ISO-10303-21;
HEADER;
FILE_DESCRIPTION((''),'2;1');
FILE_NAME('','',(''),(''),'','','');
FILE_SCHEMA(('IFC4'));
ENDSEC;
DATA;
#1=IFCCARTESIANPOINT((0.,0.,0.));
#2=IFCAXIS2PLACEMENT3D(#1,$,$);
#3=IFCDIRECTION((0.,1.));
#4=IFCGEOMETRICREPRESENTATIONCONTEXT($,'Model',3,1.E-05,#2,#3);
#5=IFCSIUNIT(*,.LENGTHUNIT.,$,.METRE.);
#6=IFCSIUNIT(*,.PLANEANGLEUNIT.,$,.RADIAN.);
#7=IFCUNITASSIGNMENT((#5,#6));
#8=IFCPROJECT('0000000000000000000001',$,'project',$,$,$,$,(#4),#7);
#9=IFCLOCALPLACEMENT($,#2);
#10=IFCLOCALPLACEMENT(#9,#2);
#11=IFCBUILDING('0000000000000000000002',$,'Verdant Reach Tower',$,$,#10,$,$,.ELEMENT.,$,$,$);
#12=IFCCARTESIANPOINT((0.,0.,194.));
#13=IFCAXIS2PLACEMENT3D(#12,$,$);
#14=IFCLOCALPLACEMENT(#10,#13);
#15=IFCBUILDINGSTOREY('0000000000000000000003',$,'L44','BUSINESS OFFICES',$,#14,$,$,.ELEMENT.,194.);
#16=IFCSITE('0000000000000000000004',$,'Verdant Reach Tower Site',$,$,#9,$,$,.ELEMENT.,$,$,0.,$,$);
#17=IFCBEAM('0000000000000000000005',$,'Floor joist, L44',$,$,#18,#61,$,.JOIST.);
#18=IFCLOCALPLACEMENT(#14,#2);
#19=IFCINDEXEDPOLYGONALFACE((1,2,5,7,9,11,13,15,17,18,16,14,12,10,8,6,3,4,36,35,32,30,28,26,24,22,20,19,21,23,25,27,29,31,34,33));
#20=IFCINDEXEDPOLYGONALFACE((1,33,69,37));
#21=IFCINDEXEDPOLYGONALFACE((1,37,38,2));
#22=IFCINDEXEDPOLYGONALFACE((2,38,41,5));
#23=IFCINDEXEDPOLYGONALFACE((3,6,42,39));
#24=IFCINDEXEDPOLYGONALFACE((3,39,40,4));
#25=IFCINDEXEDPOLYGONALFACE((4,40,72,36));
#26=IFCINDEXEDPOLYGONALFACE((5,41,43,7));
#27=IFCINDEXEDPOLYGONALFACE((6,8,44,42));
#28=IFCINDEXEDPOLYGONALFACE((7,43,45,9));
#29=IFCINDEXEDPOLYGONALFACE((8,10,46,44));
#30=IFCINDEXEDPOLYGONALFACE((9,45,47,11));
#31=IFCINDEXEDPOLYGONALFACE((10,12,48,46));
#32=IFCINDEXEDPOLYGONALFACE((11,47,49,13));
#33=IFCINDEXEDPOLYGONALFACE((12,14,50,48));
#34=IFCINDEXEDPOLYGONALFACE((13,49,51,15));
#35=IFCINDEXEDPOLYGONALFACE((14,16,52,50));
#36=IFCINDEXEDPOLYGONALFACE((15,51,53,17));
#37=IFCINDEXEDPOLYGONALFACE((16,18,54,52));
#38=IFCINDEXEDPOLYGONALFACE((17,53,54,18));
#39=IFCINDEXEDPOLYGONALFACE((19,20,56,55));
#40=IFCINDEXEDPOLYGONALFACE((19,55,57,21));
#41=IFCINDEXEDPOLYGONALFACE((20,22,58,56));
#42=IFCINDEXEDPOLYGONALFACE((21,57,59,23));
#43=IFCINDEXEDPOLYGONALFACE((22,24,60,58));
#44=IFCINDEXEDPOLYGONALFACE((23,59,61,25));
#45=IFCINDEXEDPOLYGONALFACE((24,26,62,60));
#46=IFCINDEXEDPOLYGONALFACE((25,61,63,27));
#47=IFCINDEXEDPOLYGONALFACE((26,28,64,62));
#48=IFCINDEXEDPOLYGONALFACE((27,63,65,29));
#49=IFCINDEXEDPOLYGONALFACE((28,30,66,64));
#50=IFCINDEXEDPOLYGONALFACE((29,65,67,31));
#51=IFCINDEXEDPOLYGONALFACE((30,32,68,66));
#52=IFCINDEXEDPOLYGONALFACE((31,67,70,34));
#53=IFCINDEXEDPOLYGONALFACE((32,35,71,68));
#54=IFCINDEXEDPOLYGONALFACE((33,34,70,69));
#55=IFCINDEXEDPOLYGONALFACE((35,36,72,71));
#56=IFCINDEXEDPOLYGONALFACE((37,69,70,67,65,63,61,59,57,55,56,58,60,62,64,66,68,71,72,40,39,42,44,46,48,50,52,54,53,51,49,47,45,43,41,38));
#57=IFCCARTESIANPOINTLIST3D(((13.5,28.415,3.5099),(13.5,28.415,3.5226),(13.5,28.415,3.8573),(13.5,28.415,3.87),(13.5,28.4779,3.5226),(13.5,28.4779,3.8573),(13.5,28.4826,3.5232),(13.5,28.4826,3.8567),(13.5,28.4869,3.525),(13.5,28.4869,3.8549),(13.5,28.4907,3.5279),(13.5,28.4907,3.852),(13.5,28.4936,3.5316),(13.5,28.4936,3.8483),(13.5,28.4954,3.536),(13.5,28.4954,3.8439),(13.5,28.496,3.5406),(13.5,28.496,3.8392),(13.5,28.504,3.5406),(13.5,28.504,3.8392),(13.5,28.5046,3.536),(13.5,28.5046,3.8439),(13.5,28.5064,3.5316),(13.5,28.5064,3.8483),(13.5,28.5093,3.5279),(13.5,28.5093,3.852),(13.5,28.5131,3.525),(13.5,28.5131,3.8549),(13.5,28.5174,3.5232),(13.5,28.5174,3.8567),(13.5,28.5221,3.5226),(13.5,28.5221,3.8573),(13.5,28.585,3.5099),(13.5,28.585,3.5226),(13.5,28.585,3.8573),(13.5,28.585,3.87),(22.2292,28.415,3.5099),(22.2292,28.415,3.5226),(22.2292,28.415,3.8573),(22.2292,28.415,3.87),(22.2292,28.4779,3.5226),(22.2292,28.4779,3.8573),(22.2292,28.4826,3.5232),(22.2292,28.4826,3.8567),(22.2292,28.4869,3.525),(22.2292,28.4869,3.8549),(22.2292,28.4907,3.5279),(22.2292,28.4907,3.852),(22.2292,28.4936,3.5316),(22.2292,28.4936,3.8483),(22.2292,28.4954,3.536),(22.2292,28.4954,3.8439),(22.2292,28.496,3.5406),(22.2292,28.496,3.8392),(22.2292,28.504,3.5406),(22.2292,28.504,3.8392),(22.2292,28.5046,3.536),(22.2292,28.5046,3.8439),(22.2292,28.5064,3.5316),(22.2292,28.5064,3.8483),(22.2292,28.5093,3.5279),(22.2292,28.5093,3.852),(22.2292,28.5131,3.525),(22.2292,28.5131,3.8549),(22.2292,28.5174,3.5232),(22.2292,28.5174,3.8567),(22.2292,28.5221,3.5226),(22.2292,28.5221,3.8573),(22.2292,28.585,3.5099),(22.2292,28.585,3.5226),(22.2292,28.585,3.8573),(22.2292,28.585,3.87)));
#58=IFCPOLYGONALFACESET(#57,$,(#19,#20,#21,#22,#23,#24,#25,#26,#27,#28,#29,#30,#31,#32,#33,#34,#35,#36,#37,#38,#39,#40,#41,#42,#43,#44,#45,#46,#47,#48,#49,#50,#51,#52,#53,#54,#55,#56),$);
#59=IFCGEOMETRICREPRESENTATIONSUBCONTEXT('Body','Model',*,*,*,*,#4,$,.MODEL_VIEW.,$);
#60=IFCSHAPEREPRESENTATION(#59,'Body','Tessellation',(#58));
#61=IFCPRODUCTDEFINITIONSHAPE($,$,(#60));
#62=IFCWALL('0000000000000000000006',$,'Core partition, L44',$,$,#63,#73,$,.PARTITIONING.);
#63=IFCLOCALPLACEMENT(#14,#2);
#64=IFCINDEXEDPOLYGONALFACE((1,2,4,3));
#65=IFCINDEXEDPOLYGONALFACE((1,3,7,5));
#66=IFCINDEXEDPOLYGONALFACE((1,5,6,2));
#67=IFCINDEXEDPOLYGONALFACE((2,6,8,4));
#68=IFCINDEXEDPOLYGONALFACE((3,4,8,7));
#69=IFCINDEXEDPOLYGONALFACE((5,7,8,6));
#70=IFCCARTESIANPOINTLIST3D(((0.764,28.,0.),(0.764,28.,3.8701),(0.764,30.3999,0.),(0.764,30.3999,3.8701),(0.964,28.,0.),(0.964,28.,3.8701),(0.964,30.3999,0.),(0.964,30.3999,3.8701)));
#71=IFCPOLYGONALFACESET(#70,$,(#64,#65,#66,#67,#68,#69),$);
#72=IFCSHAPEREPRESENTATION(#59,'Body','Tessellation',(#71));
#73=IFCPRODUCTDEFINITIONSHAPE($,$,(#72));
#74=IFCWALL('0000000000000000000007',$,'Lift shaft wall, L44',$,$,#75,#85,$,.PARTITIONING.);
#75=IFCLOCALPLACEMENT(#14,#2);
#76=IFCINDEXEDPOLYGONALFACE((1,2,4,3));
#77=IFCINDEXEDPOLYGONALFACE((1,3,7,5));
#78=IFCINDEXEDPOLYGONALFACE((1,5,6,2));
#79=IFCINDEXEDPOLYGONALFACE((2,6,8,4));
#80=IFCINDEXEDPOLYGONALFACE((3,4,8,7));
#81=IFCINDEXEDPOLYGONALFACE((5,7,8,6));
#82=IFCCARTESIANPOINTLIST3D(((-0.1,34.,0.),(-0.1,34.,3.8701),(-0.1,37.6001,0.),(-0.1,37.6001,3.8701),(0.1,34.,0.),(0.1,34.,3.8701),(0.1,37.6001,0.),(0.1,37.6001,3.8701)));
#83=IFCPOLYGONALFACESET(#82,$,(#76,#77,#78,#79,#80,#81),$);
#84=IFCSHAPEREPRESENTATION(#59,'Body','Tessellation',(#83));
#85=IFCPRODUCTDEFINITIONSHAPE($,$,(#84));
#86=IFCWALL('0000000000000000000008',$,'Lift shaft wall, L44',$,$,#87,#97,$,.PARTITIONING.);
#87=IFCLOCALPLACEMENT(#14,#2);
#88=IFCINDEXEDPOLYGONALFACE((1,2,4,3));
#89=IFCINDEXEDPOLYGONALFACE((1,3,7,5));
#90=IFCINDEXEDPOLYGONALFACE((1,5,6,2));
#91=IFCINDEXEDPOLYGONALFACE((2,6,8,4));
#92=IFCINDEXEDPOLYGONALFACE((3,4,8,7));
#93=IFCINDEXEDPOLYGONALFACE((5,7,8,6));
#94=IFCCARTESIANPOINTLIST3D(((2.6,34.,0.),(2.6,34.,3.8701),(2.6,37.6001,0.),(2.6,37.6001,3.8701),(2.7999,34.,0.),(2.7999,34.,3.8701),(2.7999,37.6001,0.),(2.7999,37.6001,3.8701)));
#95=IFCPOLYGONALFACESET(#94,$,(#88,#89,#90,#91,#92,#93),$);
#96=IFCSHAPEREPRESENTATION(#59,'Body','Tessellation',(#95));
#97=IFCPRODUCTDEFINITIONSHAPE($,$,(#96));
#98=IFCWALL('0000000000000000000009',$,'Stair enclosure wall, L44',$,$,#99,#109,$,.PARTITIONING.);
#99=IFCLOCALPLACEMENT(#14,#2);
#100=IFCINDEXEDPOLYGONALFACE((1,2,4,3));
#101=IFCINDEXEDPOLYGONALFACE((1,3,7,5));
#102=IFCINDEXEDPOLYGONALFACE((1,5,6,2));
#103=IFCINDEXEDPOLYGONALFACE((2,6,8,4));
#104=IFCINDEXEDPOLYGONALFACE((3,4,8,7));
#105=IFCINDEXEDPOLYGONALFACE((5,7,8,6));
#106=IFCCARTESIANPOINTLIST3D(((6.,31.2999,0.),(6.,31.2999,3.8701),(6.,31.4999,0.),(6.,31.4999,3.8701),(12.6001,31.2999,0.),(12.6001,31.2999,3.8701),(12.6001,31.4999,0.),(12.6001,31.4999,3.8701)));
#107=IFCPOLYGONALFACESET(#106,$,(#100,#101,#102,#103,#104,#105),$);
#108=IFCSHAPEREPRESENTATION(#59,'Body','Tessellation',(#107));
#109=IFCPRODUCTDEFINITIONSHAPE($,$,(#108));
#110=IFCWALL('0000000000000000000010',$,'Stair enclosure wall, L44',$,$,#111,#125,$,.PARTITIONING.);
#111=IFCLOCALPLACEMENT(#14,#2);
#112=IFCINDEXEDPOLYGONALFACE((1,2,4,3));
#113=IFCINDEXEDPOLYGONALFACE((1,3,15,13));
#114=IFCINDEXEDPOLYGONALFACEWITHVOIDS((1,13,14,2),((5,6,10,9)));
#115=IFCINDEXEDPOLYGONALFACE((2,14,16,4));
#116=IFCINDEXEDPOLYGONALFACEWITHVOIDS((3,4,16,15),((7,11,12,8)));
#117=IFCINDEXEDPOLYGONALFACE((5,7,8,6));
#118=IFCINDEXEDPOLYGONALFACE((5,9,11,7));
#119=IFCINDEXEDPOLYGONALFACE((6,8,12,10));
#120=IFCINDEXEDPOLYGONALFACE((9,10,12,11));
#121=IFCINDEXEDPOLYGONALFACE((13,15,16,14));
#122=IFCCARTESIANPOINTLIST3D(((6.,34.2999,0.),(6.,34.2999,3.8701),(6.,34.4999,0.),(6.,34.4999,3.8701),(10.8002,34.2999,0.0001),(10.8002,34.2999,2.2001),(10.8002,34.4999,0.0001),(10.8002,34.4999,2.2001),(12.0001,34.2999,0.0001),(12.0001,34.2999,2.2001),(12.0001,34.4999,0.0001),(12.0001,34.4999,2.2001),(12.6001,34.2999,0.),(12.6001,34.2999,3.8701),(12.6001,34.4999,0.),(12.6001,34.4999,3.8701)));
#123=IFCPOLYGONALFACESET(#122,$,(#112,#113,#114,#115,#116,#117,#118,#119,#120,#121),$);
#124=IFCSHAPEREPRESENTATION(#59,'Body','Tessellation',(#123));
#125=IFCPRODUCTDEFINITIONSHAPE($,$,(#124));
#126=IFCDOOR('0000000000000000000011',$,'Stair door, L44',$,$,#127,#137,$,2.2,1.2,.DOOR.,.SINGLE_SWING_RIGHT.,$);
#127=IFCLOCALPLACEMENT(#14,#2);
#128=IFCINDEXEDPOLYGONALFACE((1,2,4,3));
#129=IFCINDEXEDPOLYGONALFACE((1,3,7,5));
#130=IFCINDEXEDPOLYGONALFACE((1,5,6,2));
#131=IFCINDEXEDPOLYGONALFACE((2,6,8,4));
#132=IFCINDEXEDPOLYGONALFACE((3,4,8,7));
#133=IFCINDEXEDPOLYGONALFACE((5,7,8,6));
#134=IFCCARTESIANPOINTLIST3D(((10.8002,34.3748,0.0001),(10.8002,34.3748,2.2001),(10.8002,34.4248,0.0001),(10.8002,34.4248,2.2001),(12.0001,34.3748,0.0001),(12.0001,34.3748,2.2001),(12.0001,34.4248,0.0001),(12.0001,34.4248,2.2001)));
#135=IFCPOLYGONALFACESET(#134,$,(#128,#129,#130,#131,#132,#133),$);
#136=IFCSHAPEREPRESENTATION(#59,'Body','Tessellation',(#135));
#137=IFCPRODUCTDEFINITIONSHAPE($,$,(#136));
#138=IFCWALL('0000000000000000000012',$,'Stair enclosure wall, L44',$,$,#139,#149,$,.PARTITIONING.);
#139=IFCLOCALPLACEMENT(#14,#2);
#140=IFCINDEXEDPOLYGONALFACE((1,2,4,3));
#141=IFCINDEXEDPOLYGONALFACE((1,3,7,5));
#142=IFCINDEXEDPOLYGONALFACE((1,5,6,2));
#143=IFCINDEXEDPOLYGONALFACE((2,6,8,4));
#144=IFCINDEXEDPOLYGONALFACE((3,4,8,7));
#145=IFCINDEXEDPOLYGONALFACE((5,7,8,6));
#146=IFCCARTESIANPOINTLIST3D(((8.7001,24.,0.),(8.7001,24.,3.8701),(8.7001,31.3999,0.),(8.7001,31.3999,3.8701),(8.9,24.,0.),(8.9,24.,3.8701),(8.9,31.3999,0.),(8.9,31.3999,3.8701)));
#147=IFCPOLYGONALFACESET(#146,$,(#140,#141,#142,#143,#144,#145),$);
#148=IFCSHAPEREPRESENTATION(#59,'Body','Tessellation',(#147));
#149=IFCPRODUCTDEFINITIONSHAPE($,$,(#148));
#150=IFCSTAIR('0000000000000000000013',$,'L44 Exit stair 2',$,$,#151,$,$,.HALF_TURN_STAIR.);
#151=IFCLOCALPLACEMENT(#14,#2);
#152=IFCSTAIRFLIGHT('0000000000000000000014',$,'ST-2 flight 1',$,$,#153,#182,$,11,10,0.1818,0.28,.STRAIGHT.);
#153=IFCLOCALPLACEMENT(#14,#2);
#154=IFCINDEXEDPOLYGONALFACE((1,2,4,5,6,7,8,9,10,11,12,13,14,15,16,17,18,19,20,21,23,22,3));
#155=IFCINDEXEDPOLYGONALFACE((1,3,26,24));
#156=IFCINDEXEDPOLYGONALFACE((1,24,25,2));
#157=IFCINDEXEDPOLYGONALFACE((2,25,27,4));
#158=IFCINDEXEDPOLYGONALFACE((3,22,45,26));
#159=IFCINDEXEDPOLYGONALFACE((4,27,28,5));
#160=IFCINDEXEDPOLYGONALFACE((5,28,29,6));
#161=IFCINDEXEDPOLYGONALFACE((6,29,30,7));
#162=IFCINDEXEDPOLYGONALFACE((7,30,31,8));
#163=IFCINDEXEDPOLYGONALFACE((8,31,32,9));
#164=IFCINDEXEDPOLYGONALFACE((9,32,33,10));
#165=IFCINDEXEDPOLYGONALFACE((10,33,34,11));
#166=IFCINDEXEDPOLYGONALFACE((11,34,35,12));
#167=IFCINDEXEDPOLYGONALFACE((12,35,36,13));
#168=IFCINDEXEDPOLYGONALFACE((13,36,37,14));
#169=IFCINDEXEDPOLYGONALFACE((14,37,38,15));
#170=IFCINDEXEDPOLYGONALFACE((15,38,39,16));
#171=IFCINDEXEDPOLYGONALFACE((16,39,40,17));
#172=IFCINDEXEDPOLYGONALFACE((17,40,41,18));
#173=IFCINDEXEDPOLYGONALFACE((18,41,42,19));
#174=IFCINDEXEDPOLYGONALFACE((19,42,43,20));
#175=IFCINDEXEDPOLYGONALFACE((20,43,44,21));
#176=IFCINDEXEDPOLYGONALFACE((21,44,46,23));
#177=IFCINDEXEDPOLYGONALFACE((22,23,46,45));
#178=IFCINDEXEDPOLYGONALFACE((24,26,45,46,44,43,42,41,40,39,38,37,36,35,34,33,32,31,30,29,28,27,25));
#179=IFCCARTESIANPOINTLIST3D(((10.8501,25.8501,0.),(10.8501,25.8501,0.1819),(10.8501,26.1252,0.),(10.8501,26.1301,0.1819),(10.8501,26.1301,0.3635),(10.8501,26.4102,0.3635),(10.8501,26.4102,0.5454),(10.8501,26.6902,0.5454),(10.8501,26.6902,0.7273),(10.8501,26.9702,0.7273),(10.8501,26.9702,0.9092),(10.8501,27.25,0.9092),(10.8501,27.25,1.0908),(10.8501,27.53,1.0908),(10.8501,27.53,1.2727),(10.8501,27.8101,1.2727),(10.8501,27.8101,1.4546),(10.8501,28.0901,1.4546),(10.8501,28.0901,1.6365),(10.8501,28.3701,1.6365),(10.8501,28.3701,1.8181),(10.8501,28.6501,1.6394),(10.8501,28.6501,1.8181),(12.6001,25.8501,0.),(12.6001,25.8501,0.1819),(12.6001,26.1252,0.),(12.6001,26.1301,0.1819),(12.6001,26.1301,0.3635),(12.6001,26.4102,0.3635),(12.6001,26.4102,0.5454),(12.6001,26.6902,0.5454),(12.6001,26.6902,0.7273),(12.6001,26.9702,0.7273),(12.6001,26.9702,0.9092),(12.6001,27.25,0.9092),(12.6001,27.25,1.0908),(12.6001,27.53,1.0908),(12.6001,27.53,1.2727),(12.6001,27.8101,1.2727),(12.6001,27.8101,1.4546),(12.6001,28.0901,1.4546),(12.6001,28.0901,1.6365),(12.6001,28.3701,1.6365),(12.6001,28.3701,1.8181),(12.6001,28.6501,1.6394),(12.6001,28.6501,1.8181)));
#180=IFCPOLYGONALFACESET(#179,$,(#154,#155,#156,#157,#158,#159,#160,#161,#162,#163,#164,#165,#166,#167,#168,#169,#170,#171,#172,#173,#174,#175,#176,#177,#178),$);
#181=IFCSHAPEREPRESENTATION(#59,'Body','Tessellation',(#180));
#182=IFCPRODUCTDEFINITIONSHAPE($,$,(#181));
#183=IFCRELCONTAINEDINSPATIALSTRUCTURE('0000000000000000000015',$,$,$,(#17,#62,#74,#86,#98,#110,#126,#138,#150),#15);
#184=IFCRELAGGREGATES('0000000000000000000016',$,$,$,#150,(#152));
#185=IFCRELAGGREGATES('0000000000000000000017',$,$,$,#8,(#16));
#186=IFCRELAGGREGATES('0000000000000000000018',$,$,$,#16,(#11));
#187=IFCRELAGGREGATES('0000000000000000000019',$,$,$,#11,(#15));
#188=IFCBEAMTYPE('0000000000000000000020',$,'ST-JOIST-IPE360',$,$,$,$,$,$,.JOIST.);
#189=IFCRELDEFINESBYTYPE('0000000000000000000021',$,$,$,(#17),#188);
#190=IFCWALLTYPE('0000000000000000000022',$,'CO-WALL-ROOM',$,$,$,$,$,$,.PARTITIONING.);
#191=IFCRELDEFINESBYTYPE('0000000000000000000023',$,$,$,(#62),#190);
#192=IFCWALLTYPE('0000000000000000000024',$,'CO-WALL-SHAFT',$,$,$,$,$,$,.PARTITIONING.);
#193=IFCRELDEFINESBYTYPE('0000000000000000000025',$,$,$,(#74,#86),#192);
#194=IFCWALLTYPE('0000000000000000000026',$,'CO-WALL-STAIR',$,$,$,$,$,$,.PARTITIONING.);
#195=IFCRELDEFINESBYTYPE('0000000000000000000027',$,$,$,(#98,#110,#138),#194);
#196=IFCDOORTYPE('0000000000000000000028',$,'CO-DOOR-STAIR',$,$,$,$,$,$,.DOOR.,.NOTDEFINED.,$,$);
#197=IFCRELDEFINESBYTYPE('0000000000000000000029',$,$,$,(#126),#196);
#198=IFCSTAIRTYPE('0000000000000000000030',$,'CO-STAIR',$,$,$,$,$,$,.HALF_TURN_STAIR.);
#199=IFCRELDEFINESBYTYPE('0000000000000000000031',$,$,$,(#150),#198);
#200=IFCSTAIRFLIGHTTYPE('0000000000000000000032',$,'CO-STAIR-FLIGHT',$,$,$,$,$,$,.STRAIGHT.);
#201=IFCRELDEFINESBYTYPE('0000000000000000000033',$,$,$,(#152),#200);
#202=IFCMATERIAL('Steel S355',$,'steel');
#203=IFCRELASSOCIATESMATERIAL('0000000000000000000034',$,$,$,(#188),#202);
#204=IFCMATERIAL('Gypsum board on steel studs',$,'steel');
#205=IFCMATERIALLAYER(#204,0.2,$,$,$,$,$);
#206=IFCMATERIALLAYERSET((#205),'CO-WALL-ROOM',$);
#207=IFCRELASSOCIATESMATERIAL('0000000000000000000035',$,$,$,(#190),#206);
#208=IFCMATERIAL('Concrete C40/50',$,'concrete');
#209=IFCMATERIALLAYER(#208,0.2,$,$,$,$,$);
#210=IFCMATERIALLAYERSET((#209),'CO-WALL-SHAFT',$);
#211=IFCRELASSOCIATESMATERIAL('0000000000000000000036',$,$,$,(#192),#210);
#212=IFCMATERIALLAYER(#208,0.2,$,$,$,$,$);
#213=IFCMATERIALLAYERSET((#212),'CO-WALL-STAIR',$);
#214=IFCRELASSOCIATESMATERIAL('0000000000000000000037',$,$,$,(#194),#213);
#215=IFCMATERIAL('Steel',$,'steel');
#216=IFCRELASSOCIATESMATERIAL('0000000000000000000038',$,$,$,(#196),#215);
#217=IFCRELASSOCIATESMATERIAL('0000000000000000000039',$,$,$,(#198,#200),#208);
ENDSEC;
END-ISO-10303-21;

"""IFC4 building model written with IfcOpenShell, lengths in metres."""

from ifc_helpers import new_model, si_unit, direction, frame, frame_2d, origin, origin_2d, place, context, subcontext, project, spatial, polyline, rectangle, i_section, outline, extrude, material, layer, layer_set, material_profile, profile_set, type_object, element, fill, aggregate, save


model = new_model("IFC4")

# Units and contexts
model_context = context("Model", 3, precision=1e-05, world=origin(), true_north=direction((0.0, 1.0)))
body_context = subcontext(model_context, "Body", "Model", "MODEL_VIEW")
ifc_project = project(units=[si_unit("LENGTHUNIT", "METRE"), si_unit("PLANEANGLEUNIT", "RADIAN")], contexts=[model_context])

# Site, building, storey
site_placement = place(None, origin())
site = spatial("IfcSite", under=ifc_project, at=site_placement, Name="Verdant Reach Tower Site", CompositionType="ELEMENT", RefElevation=0.0)
building_placement = place(site_placement, origin())
building = spatial("IfcBuilding", under=site, at=building_placement, Name="Verdant Reach Tower", CompositionType="ELEMENT")
storey_placement = place(building_placement, frame((0.0, 0.0, 194.0)))
storey = spatial("IfcBuildingStorey", under=building, at=storey_placement, Name="L44", Description="BUSINESS OFFICES", CompositionType="ELEMENT", Elevation=194.0)

# Beam
ifc_material_1 = material(Name="Steel S355", Category="steel")
ifc_material_profile = material_profile(ifc_material_1, i_section(OverallWidth=0.1699, OverallDepth=0.3601, WebThickness=0.0081, FlangeThickness=0.0127, FilletRadius=0.0181, at=origin_2d()), Name="IPE 360")
ifc_profile_set = profile_set([ifc_material_profile], Name="Steel S355")
beam_type = type_object("IfcBeamType", Name="ST-JOIST-IPE360", PredefinedType="JOIST", material=ifc_profile_set)
beam_placement = place(storey_placement, frame((13.5, 28.5, 3.6899), z_axis=(1.0, 0.0, 0.0), x_axis=(0.0, 1.0, 0.0)))
element("IfcBeam", 1, at=beam_placement, inside=storey, type_object=beam_type, Name="Floor joist, L44", PredefinedType="JOIST", context=body_context, shape_type="SweptSolid", body=[
    extrude(i_section(OverallWidth=0.1699, OverallDepth=0.3601, WebThickness=0.0081, FlangeThickness=0.0127, FilletRadius=0.0181, at=origin_2d()), origin(), (0.0, 0.0, 1.0), 8.7292),
])

# Walls
ifc_material_2 = material(Name="Gypsum board on steel studs", Category="steel")
ifc_layer_1 = layer(ifc_material_2, 0.2)
ifc_layer_set_1 = layer_set([ifc_layer_1], Name="CO-WALL-ROOM")
wall_type_1 = type_object("IfcWallType", Name="CO-WALL-ROOM", PredefinedType="PARTITIONING", material=ifc_layer_set_1)
wall_1_placement = place(storey_placement, frame((0.864, 28.0, 0.0), z_axis=(0.0, 0.0, 1.0), x_axis=(0.0, 1.0, 0.0)))
element("IfcWall", 2, at=wall_1_placement, inside=storey, type_object=wall_type_1, Name="Core partition, L44", PredefinedType="PARTITIONING", context=body_context, shape_type="SweptSolid", body=[
    extrude(rectangle(XDim=2.3999, YDim=0.2, at=frame_2d((1.2, 0.0))), origin(), (0.0, 0.0, 1.0), 3.8701),
])
ifc_material_3 = material(Name="Concrete C40/50", Category="concrete")
ifc_layer_2 = layer(ifc_material_3, 0.2)
ifc_layer_set_2 = layer_set([ifc_layer_2], Name="CO-WALL-SHAFT")
wall_type_2 = type_object("IfcWallType", Name="CO-WALL-SHAFT", PredefinedType="PARTITIONING", material=ifc_layer_set_2)
for number, where, z_axis, x_axis, name in (
    (3, (0.0, 34.0, 0.0), (0.0, 0.0, 1.0), (0.0, 1.0, 0.0), "Lift shaft wall, L44"),
    (4, (2.7, 34.0, 0.0), (0.0, 0.0, 1.0), (0.0, 1.0, 0.0), "Lift shaft wall, L44"),
):
    element("IfcWall", number, at=place(storey_placement, frame(where, z_axis=z_axis, x_axis=x_axis)), inside=storey, type_object=wall_type_2, Name=name, PredefinedType="PARTITIONING", context=body_context, shape_type="SweptSolid", body=[
        extrude(rectangle(XDim=3.6001, YDim=0.2, at=frame_2d((1.8, 0.0))), origin(), (0.0, 0.0, 1.0), 3.8701),
    ])
ifc_layer_3 = layer(ifc_material_3, 0.2)
ifc_layer_set_3 = layer_set([ifc_layer_3], Name="CO-WALL-STAIR")
wall_type_3 = type_object("IfcWallType", Name="CO-WALL-STAIR", PredefinedType="PARTITIONING", material=ifc_layer_set_3)
wall_2_placement = place(storey_placement, frame((6.0, 31.3999, 0.0), z_axis=(0.0, 0.0, 1.0), x_axis=(1.0, 0.0, 0.0)))
element("IfcWall", 5, at=wall_2_placement, inside=storey, type_object=wall_type_3, Name="Stair enclosure wall, L44", PredefinedType="PARTITIONING", context=body_context, shape_type="SweptSolid", body=[
    extrude(rectangle(XDim=6.6001, YDim=0.2, at=frame_2d((3.3, 0.0))), origin(), (0.0, 0.0, 1.0), 3.8701),
])

# Wall, opening, door
wall_3_placement = place(storey_placement, frame((6.0, 34.3999, 0.0), z_axis=(0.0, 0.0, 1.0), x_axis=(1.0, 0.0, 0.0)))
wall_3 = element("IfcWall", 6, at=wall_3_placement, inside=storey, type_object=wall_type_3, Name="Stair enclosure wall, L44", PredefinedType="PARTITIONING", context=body_context, shape_type="SweptSolid", body=[
    extrude(rectangle(XDim=6.6001, YDim=0.2, at=frame_2d((3.3, 0.0))), origin(), (0.0, 0.0, 1.0), 3.8701),
])
opening_placement = place(wall_3_placement, frame((4.8, 0.0, 0.0)))
opening = element("IfcOpeningElement", 7, at=opening_placement, cuts=wall_3, PredefinedType="OPENING", context=body_context, shape_type="SweptSolid", body=[
    extrude(rectangle(XDim=1.2, YDim=2.2, at=frame_2d((0.6001, 1.1001))), frame((0.0, 0.1099, 0.0), z_axis=(0.0, -1.0, 0.0), x_axis=(1.0, 0.0, 0.0)), (0.0, 0.0, 1.0), 0.22),
])
ifc_material_4 = material(Name="Steel", Category="steel")
door_type = type_object("IfcDoorType", Name="CO-DOOR-STAIR", OperationType="NOTDEFINED", PredefinedType="DOOR", material=ifc_material_4)
door_placement = place(opening_placement, origin())
door = element("IfcDoor", 8, at=door_placement, inside=storey, type_object=door_type, Name="Stair door, L44", OperationType="SINGLE_SWING_RIGHT", OverallHeight=2.2, OverallWidth=1.2, PredefinedType="DOOR", context=body_context, shape_type="SweptSolid", body=[
    extrude(rectangle(XDim=1.2, YDim=2.2, at=frame_2d((0.6001, 1.1001))), frame((0.0, 0.0249, 0.0), z_axis=(0.0, -1.0, 0.0), x_axis=(1.0, 0.0, 0.0)), (0.0, 0.0, 1.0), 0.05),
])
fill(opening, door)

# Wall
wall_4_placement = place(storey_placement, frame((8.8, 24.0, 0.0), z_axis=(0.0, 0.0, 1.0), x_axis=(0.0, 1.0, 0.0)))
element("IfcWall", 9, at=wall_4_placement, inside=storey, type_object=wall_type_3, Name="Stair enclosure wall, L44", PredefinedType="PARTITIONING", context=body_context, shape_type="SweptSolid", body=[
    extrude(rectangle(XDim=7.3999, YDim=0.2, at=frame_2d((3.7, 0.0))), origin(), (0.0, 0.0, 1.0), 3.8701),
])

# Stair, stair flight
stair_type = type_object("IfcStairType", Name="CO-STAIR", PredefinedType="HALF_TURN_STAIR", material=ifc_material_3)
stair_1_placement = place(storey_placement, origin())
stair_1 = element("IfcStair", 10, at=stair_1_placement, inside=storey, type_object=stair_type, Name="L44 Exit stair 2", PredefinedType="HALF_TURN_STAIR")
stair_flight_type = type_object("IfcStairFlightType", Name="CO-STAIR-FLIGHT", PredefinedType="STRAIGHT", material=ifc_material_3)
stair_flight_1_placement = place(storey_placement, frame((11.7251, 25.8501, 0.0), z_axis=(0.0, 0.0, 1.0), x_axis=(0.0, 1.0, 0.0)))
stair_flight_1 = element("IfcStairFlight", 11, at=stair_flight_1_placement, type_object=stair_flight_type, Name="ST-2 flight 1", NumberOfRisers=11, NumberOfTreads=10, PredefinedType="STRAIGHT", RiserHeight=0.1818, TreadLength=0.28, context=body_context, shape_type="SweptSolid", body=[
    extrude(outline(polyline([(0.0, 0.0), (0.0, 0.1819), (0.28, 0.1819), (0.28, 0.3635), (0.5601, 0.3635), (0.5601, 0.5454), (0.8401, 0.5454), (0.8401, 0.7273), (1.1201, 0.7273), (1.1201, 0.9092), (1.3999, 0.9092), (1.3999, 1.0908), (1.6799, 1.0908), (1.6799, 1.2727), (1.96, 1.2727), (1.96, 1.4546), (2.24, 1.4546), (2.24, 1.6365), (2.52, 1.6365), (2.52, 1.8181), (2.8, 1.8181), (2.8, 2.0), (2.8, 1.6394), (0.2751, 0.0), (0.0, 0.0)])), frame((0.0, 0.875, 0.0), z_axis=(0.0, -1.0, 0.0), x_axis=(1.0, 0.0, 0.0)), (0.0, 0.0, 1.0), 1.75),
])
aggregate(stair_1, [stair_flight_1])

save(model, "model.ifc")
